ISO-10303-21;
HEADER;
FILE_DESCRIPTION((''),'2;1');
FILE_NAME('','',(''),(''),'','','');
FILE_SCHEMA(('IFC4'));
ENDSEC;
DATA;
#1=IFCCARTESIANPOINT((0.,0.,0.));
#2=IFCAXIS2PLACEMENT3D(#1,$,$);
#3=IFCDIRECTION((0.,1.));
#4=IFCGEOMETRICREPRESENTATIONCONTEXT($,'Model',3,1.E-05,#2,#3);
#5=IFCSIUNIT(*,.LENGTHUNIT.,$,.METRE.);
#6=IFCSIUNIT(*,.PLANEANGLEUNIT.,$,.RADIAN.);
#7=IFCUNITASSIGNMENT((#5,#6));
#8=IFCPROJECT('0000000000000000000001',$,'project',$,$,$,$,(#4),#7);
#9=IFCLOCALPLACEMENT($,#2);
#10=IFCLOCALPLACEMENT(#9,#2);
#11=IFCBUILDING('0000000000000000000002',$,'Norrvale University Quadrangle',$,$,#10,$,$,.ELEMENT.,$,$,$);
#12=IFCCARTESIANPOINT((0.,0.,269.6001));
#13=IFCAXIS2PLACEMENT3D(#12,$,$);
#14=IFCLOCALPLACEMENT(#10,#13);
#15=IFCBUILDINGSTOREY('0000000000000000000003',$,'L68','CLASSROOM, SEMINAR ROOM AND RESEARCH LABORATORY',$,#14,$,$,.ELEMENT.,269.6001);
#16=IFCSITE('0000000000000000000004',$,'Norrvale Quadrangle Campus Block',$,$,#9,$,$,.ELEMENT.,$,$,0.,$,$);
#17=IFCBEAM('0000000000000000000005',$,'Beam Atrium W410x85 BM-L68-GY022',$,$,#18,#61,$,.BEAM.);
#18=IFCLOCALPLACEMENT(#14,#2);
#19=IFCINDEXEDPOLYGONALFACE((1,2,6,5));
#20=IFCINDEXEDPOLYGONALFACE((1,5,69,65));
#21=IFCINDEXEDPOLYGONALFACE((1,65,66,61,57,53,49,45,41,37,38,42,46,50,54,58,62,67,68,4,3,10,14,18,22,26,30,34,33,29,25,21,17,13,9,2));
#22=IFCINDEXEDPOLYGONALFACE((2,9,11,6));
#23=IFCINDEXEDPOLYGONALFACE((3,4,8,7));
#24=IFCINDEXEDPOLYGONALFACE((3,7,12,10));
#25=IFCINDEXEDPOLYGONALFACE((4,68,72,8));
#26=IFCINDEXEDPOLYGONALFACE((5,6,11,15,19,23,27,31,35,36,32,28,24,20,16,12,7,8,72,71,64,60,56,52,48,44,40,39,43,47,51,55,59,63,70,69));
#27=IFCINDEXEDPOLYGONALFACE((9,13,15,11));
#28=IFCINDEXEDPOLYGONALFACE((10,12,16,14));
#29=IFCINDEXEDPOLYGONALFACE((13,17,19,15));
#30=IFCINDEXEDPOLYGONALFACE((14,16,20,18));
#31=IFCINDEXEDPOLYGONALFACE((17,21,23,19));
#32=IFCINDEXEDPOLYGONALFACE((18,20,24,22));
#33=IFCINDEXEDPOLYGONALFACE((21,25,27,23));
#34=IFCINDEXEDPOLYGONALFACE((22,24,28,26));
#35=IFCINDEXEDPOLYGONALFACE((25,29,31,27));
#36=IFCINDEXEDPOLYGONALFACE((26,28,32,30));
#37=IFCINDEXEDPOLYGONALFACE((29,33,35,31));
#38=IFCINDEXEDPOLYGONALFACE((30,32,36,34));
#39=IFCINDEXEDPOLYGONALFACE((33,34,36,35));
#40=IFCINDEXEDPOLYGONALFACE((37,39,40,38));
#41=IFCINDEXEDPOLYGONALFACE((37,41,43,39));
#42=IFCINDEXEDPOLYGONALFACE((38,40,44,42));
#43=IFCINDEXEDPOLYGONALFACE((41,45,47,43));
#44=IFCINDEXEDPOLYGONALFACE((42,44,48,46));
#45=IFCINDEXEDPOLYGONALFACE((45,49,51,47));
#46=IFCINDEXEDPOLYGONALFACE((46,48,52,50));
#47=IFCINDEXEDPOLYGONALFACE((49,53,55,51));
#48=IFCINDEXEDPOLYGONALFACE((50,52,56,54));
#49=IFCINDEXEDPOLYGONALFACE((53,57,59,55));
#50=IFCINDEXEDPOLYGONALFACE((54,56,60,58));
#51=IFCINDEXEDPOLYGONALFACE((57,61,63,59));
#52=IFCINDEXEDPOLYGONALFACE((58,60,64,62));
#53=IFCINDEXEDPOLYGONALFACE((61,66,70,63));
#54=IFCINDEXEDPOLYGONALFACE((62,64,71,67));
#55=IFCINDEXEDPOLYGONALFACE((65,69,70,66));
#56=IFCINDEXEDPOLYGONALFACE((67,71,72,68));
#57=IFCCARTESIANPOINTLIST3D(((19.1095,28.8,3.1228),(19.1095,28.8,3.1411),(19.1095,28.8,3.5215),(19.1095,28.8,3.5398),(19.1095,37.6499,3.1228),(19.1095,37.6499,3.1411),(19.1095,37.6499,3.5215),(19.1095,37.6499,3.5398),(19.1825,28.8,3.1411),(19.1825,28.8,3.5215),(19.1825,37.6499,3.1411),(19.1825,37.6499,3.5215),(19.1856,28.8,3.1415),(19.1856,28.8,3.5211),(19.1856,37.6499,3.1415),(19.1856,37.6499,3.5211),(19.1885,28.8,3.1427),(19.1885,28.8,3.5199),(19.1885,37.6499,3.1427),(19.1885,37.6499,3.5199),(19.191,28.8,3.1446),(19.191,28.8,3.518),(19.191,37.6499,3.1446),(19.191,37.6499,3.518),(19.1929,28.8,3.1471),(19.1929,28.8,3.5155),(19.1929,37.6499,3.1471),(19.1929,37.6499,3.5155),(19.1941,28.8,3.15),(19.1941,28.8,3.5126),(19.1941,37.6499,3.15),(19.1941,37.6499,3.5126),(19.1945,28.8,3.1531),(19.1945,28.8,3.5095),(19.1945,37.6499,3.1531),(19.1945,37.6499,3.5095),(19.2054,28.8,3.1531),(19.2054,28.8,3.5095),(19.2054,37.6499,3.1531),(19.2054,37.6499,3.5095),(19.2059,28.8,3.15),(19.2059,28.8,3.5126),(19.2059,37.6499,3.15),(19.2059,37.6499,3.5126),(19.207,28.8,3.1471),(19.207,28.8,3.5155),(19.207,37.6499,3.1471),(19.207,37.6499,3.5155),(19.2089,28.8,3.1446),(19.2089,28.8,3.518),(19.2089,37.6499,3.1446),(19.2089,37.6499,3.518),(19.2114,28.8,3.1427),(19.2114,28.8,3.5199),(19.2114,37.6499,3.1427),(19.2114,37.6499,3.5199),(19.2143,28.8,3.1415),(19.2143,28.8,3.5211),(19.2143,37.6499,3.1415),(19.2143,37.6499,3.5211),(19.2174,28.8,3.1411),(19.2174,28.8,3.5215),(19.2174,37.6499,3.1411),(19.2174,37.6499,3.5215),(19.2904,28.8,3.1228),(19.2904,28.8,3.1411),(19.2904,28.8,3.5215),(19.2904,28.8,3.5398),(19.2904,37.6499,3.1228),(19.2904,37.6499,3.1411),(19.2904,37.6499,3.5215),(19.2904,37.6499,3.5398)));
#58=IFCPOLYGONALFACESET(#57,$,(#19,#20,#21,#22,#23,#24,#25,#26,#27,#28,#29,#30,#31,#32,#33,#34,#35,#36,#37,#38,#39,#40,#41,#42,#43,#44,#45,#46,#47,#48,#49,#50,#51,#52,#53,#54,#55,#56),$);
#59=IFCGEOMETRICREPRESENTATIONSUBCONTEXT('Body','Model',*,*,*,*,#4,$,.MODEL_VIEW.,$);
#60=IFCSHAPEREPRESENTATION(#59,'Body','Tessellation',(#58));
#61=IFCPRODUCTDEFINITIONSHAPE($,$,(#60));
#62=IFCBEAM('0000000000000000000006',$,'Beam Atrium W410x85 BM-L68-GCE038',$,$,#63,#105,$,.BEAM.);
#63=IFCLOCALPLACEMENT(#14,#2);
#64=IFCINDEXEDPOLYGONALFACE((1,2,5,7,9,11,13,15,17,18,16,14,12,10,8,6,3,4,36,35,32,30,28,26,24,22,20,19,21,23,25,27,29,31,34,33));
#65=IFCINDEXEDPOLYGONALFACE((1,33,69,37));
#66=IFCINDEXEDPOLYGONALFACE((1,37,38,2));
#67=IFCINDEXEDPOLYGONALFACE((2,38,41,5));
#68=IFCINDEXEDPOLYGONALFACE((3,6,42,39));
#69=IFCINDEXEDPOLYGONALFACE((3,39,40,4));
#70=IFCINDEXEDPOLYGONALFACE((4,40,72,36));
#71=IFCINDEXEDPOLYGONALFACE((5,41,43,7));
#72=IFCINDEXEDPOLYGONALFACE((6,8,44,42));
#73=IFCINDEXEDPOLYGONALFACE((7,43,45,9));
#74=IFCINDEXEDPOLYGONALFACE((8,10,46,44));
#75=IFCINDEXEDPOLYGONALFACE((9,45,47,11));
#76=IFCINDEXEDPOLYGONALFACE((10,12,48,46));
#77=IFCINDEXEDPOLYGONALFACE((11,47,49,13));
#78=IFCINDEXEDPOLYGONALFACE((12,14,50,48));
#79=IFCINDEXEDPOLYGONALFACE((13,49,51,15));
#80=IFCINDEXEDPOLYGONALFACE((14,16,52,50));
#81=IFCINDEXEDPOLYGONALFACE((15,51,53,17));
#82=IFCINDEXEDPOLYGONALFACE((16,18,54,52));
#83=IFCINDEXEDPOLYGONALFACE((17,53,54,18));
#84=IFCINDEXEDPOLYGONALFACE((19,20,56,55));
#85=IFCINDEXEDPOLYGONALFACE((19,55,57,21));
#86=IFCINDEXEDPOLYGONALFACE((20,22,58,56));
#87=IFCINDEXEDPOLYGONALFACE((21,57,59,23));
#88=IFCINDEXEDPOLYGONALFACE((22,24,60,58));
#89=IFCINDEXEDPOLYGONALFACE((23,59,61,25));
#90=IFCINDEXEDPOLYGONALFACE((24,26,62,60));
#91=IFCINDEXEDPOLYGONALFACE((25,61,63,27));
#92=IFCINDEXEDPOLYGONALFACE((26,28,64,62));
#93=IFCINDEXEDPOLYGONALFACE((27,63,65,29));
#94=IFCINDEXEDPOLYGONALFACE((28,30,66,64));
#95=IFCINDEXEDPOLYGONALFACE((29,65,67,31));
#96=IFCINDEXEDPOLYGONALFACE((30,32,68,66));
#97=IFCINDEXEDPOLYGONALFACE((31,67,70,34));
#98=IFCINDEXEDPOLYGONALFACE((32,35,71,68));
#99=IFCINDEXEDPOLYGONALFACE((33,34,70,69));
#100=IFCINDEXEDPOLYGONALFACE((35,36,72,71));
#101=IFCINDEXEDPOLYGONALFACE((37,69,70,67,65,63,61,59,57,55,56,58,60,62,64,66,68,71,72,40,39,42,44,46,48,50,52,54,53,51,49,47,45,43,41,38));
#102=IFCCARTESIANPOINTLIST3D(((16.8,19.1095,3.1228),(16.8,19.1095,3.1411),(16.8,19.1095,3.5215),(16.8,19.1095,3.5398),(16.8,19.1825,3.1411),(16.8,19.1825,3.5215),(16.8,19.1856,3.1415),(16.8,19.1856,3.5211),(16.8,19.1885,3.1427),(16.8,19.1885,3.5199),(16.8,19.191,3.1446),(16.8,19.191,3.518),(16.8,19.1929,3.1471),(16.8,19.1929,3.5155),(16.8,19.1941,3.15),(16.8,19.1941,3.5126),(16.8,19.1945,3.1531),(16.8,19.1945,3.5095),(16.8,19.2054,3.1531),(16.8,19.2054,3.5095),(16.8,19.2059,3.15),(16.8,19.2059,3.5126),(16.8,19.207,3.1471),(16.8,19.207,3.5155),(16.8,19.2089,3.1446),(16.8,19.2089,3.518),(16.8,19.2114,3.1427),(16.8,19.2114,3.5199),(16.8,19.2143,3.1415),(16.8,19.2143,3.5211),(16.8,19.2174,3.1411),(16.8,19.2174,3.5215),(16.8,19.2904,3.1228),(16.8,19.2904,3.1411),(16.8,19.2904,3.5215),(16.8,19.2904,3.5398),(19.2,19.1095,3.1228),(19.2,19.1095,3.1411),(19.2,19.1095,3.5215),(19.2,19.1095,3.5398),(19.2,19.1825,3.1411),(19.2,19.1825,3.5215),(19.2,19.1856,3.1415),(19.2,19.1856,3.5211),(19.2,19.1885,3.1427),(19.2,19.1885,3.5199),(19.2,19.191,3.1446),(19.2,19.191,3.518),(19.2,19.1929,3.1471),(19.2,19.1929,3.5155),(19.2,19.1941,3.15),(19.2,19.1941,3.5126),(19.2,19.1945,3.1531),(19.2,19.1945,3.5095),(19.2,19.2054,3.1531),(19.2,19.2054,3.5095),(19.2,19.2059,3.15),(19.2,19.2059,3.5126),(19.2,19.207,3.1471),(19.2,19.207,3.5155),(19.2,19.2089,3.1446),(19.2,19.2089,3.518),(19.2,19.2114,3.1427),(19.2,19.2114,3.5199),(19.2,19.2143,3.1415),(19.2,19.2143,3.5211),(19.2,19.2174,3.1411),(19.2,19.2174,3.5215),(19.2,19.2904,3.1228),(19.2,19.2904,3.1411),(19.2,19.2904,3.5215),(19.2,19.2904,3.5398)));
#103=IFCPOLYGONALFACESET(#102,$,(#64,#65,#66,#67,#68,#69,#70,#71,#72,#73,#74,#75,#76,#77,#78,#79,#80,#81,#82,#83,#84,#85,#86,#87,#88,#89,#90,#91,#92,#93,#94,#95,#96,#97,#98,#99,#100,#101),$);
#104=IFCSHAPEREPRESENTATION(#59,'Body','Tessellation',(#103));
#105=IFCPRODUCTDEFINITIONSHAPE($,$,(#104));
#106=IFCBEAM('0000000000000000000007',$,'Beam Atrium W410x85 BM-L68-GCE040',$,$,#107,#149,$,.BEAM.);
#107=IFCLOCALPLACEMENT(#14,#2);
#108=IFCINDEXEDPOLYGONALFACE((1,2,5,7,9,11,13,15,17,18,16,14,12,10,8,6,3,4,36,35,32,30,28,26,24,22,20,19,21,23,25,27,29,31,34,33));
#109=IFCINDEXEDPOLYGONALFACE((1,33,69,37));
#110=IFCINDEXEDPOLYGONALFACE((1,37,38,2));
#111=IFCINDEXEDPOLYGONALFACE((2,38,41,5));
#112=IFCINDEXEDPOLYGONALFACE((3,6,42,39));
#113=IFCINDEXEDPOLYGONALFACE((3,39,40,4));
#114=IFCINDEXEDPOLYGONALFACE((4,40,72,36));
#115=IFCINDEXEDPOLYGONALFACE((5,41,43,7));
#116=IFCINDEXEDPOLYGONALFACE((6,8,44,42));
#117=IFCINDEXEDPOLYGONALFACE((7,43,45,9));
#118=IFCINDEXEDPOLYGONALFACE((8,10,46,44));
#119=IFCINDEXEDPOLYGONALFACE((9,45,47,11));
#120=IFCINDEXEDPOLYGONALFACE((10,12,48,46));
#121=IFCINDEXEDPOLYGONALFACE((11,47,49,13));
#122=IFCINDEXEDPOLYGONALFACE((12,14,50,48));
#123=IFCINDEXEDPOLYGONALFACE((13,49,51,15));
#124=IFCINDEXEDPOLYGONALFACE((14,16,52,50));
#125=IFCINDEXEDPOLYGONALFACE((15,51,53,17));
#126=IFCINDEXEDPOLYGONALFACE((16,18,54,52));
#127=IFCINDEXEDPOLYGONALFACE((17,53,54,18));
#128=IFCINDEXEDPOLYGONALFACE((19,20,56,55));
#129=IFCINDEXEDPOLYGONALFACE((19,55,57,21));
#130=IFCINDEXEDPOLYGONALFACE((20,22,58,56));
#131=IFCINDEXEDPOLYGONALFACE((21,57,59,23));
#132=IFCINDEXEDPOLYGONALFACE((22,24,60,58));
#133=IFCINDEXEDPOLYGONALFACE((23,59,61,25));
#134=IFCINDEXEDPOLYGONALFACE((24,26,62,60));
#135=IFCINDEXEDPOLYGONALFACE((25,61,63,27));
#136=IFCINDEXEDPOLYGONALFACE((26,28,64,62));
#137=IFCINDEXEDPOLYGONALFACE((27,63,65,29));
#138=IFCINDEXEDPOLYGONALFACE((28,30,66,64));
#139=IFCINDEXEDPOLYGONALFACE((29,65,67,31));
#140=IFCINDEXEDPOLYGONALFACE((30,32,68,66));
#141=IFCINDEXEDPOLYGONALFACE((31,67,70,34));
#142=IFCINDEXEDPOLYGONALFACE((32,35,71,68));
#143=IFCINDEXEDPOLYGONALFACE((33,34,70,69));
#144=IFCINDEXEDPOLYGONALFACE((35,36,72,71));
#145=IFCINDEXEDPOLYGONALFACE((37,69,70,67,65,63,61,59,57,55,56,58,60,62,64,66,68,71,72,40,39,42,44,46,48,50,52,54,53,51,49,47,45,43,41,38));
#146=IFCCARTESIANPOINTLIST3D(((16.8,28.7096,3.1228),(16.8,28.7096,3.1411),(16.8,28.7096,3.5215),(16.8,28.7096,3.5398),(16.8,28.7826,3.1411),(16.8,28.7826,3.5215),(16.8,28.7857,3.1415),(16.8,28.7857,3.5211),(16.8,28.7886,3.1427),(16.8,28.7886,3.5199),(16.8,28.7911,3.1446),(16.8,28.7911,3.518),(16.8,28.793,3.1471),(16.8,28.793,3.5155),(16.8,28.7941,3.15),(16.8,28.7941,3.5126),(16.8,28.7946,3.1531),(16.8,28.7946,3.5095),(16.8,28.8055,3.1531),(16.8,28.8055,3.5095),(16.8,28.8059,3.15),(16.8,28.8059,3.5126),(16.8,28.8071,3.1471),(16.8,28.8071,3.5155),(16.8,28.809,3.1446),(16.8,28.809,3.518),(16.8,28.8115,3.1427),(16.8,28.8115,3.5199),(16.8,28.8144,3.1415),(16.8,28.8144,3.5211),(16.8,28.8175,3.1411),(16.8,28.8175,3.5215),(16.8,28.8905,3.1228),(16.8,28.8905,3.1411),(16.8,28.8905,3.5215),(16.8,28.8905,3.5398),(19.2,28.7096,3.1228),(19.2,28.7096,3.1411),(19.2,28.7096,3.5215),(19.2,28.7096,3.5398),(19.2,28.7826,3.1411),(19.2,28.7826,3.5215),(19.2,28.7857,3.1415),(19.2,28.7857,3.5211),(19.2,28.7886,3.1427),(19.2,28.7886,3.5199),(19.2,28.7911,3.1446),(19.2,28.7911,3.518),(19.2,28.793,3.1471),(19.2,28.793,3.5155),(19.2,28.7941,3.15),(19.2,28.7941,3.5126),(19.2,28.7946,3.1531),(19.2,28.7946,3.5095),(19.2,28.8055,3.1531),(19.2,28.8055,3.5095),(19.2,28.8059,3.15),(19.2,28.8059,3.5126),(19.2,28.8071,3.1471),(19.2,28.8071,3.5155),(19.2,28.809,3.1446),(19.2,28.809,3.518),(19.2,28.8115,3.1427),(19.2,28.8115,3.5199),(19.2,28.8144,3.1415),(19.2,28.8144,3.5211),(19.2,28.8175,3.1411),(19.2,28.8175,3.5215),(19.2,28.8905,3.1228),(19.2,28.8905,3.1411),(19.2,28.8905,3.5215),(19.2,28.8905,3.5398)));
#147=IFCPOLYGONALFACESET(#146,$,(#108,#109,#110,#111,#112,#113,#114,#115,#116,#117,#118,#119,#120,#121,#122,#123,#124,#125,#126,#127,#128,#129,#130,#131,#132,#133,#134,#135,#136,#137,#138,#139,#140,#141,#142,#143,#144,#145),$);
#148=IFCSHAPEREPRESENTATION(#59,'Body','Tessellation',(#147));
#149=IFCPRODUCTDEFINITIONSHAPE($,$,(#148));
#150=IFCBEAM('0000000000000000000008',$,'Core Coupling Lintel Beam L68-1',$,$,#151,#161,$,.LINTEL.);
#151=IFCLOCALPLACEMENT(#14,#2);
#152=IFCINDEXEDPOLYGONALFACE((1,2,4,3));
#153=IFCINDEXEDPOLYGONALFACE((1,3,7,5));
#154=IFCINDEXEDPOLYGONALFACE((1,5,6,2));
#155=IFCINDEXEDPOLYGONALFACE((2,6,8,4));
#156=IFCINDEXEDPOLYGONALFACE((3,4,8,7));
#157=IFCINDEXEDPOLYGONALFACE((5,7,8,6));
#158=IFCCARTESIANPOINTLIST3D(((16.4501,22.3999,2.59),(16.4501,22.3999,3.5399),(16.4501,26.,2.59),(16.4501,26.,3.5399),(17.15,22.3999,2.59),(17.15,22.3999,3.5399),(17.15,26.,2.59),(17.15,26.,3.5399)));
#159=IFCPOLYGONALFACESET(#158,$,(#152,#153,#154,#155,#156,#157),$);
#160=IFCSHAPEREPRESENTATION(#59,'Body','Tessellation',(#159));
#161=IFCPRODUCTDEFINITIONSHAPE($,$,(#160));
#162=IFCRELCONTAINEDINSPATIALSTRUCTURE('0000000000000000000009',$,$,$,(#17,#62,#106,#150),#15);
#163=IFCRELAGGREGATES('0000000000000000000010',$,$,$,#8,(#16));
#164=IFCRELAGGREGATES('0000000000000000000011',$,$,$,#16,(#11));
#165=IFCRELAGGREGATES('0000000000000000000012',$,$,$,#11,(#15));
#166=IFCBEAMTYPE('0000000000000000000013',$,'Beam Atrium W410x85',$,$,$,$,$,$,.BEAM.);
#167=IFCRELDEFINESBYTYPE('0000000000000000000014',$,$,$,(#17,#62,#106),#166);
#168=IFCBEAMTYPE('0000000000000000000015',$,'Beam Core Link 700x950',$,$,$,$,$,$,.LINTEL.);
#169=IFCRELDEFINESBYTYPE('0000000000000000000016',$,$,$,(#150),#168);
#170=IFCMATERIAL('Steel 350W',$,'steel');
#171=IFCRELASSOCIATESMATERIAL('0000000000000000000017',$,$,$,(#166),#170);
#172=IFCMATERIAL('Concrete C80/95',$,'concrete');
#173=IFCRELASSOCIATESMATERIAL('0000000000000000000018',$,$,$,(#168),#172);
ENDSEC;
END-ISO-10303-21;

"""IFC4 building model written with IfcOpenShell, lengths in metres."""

from ifc_helpers import new_model, si_unit, direction, frame, origin, origin_2d, place, context, subcontext, project, spatial, rectangle, i_section, extrude, material, material_profile, profile_set, type_object, element, save


model = new_model("IFC4")

# Units and contexts
model_context = context("Model", 3, precision=1e-05, world=origin(), true_north=direction((0.0, 1.0)))
body_context = subcontext(model_context, "Body", "Model", "MODEL_VIEW")
ifc_project = project(units=[si_unit("LENGTHUNIT", "METRE"), si_unit("PLANEANGLEUNIT", "RADIAN")], contexts=[model_context])

# Site, building, storey
site_placement = place(None, origin())
site = spatial("IfcSite", under=ifc_project, at=site_placement, Name="Norrvale Quadrangle Campus Block", CompositionType="ELEMENT", RefElevation=0.0)
building_placement = place(site_placement, origin())
building = spatial("IfcBuilding", under=site, at=building_placement, Name="Norrvale University Quadrangle", CompositionType="ELEMENT")
storey_placement = place(building_placement, frame((0.0, 0.0, 269.6001)))
storey = spatial("IfcBuildingStorey", under=building, at=storey_placement, Name="L68", Description="CLASSROOM, SEMINAR ROOM AND RESEARCH LABORATORY", CompositionType="ELEMENT", Elevation=269.6001)

# Beams
ifc_material_1 = material(Name="Steel 350W", Category="steel")
ifc_material_profile_1 = material_profile(ifc_material_1, i_section(OverallWidth=0.1809, OverallDepth=0.417, WebThickness=0.011, FlangeThickness=0.0183, FilletRadius=0.012, at=origin_2d()), Name="Steel 350W")
ifc_profile_set_1 = profile_set([ifc_material_profile_1], Name="Steel 350W")
beam_type_1 = type_object("IfcBeamType", Name="Beam Atrium W410x85", PredefinedType="BEAM", material=ifc_profile_set_1)
beam_1_placement = place(storey_placement, frame((19.2, 28.8, 3.3313), z_axis=(0.0, 1.0, 0.0), x_axis=(-1.0, 0.0, 0.0)))
element("IfcBeam", 1, at=beam_1_placement, inside=storey, type_object=beam_type_1, Name="Beam Atrium W410x85 BM-L68-GY022", PredefinedType="BEAM", context=body_context, shape_type="SweptSolid", body=[
    extrude(i_section(OverallWidth=0.1809, OverallDepth=0.417, WebThickness=0.011, FlangeThickness=0.0183, FilletRadius=0.012, at=origin_2d()), origin(), (0.0, 0.0, 1.0), 8.8499),
])
for number, where, z_axis, x_axis, name in (
    (2, (16.8, 19.2, 3.3313), (1.0, 0.0, 0.0), (0.0, 1.0, 0.0), "Beam Atrium W410x85 BM-L68-GCE038"),
    (3, (16.8, 28.8, 3.3313), (1.0, 0.0, 0.0), (0.0, 1.0, 0.0), "Beam Atrium W410x85 BM-L68-GCE040"),
):
    element("IfcBeam", number, at=place(storey_placement, frame(where, z_axis=z_axis, x_axis=x_axis)), inside=storey, type_object=beam_type_1, Name=name, PredefinedType="BEAM", context=body_context, shape_type="SweptSolid", body=[
        extrude(i_section(OverallWidth=0.1809, OverallDepth=0.417, WebThickness=0.011, FlangeThickness=0.0183, FilletRadius=0.012, at=origin_2d()), origin(), (0.0, 0.0, 1.0), 2.3999),
    ])
ifc_material_2 = material(Name="Concrete C80/95", Category="concrete")
ifc_material_profile_2 = material_profile(ifc_material_2, rectangle(XDim=0.7, YDim=0.95, at=origin_2d()), Name="Concrete C80/95")
ifc_profile_set_2 = profile_set([ifc_material_profile_2], Name="Concrete C80/95")
beam_type_2 = type_object("IfcBeamType", Name="Beam Core Link 700x950", PredefinedType="LINTEL", material=ifc_profile_set_2)
beam_2_placement = place(storey_placement, frame((16.8, 22.3999, 3.0649), z_axis=(0.0, 1.0, 0.0), x_axis=(-1.0, 0.0, 0.0)))
element("IfcBeam", 4, at=beam_2_placement, inside=storey, type_object=beam_type_2, Name="Core Coupling Lintel Beam L68-1", PredefinedType="LINTEL", context=body_context, shape_type="SweptSolid", body=[
    extrude(rectangle(XDim=0.7, YDim=0.95, at=origin_2d()), origin(), (0.0, 0.0, 1.0), 3.6001),
])

save(model, "model.ifc")
